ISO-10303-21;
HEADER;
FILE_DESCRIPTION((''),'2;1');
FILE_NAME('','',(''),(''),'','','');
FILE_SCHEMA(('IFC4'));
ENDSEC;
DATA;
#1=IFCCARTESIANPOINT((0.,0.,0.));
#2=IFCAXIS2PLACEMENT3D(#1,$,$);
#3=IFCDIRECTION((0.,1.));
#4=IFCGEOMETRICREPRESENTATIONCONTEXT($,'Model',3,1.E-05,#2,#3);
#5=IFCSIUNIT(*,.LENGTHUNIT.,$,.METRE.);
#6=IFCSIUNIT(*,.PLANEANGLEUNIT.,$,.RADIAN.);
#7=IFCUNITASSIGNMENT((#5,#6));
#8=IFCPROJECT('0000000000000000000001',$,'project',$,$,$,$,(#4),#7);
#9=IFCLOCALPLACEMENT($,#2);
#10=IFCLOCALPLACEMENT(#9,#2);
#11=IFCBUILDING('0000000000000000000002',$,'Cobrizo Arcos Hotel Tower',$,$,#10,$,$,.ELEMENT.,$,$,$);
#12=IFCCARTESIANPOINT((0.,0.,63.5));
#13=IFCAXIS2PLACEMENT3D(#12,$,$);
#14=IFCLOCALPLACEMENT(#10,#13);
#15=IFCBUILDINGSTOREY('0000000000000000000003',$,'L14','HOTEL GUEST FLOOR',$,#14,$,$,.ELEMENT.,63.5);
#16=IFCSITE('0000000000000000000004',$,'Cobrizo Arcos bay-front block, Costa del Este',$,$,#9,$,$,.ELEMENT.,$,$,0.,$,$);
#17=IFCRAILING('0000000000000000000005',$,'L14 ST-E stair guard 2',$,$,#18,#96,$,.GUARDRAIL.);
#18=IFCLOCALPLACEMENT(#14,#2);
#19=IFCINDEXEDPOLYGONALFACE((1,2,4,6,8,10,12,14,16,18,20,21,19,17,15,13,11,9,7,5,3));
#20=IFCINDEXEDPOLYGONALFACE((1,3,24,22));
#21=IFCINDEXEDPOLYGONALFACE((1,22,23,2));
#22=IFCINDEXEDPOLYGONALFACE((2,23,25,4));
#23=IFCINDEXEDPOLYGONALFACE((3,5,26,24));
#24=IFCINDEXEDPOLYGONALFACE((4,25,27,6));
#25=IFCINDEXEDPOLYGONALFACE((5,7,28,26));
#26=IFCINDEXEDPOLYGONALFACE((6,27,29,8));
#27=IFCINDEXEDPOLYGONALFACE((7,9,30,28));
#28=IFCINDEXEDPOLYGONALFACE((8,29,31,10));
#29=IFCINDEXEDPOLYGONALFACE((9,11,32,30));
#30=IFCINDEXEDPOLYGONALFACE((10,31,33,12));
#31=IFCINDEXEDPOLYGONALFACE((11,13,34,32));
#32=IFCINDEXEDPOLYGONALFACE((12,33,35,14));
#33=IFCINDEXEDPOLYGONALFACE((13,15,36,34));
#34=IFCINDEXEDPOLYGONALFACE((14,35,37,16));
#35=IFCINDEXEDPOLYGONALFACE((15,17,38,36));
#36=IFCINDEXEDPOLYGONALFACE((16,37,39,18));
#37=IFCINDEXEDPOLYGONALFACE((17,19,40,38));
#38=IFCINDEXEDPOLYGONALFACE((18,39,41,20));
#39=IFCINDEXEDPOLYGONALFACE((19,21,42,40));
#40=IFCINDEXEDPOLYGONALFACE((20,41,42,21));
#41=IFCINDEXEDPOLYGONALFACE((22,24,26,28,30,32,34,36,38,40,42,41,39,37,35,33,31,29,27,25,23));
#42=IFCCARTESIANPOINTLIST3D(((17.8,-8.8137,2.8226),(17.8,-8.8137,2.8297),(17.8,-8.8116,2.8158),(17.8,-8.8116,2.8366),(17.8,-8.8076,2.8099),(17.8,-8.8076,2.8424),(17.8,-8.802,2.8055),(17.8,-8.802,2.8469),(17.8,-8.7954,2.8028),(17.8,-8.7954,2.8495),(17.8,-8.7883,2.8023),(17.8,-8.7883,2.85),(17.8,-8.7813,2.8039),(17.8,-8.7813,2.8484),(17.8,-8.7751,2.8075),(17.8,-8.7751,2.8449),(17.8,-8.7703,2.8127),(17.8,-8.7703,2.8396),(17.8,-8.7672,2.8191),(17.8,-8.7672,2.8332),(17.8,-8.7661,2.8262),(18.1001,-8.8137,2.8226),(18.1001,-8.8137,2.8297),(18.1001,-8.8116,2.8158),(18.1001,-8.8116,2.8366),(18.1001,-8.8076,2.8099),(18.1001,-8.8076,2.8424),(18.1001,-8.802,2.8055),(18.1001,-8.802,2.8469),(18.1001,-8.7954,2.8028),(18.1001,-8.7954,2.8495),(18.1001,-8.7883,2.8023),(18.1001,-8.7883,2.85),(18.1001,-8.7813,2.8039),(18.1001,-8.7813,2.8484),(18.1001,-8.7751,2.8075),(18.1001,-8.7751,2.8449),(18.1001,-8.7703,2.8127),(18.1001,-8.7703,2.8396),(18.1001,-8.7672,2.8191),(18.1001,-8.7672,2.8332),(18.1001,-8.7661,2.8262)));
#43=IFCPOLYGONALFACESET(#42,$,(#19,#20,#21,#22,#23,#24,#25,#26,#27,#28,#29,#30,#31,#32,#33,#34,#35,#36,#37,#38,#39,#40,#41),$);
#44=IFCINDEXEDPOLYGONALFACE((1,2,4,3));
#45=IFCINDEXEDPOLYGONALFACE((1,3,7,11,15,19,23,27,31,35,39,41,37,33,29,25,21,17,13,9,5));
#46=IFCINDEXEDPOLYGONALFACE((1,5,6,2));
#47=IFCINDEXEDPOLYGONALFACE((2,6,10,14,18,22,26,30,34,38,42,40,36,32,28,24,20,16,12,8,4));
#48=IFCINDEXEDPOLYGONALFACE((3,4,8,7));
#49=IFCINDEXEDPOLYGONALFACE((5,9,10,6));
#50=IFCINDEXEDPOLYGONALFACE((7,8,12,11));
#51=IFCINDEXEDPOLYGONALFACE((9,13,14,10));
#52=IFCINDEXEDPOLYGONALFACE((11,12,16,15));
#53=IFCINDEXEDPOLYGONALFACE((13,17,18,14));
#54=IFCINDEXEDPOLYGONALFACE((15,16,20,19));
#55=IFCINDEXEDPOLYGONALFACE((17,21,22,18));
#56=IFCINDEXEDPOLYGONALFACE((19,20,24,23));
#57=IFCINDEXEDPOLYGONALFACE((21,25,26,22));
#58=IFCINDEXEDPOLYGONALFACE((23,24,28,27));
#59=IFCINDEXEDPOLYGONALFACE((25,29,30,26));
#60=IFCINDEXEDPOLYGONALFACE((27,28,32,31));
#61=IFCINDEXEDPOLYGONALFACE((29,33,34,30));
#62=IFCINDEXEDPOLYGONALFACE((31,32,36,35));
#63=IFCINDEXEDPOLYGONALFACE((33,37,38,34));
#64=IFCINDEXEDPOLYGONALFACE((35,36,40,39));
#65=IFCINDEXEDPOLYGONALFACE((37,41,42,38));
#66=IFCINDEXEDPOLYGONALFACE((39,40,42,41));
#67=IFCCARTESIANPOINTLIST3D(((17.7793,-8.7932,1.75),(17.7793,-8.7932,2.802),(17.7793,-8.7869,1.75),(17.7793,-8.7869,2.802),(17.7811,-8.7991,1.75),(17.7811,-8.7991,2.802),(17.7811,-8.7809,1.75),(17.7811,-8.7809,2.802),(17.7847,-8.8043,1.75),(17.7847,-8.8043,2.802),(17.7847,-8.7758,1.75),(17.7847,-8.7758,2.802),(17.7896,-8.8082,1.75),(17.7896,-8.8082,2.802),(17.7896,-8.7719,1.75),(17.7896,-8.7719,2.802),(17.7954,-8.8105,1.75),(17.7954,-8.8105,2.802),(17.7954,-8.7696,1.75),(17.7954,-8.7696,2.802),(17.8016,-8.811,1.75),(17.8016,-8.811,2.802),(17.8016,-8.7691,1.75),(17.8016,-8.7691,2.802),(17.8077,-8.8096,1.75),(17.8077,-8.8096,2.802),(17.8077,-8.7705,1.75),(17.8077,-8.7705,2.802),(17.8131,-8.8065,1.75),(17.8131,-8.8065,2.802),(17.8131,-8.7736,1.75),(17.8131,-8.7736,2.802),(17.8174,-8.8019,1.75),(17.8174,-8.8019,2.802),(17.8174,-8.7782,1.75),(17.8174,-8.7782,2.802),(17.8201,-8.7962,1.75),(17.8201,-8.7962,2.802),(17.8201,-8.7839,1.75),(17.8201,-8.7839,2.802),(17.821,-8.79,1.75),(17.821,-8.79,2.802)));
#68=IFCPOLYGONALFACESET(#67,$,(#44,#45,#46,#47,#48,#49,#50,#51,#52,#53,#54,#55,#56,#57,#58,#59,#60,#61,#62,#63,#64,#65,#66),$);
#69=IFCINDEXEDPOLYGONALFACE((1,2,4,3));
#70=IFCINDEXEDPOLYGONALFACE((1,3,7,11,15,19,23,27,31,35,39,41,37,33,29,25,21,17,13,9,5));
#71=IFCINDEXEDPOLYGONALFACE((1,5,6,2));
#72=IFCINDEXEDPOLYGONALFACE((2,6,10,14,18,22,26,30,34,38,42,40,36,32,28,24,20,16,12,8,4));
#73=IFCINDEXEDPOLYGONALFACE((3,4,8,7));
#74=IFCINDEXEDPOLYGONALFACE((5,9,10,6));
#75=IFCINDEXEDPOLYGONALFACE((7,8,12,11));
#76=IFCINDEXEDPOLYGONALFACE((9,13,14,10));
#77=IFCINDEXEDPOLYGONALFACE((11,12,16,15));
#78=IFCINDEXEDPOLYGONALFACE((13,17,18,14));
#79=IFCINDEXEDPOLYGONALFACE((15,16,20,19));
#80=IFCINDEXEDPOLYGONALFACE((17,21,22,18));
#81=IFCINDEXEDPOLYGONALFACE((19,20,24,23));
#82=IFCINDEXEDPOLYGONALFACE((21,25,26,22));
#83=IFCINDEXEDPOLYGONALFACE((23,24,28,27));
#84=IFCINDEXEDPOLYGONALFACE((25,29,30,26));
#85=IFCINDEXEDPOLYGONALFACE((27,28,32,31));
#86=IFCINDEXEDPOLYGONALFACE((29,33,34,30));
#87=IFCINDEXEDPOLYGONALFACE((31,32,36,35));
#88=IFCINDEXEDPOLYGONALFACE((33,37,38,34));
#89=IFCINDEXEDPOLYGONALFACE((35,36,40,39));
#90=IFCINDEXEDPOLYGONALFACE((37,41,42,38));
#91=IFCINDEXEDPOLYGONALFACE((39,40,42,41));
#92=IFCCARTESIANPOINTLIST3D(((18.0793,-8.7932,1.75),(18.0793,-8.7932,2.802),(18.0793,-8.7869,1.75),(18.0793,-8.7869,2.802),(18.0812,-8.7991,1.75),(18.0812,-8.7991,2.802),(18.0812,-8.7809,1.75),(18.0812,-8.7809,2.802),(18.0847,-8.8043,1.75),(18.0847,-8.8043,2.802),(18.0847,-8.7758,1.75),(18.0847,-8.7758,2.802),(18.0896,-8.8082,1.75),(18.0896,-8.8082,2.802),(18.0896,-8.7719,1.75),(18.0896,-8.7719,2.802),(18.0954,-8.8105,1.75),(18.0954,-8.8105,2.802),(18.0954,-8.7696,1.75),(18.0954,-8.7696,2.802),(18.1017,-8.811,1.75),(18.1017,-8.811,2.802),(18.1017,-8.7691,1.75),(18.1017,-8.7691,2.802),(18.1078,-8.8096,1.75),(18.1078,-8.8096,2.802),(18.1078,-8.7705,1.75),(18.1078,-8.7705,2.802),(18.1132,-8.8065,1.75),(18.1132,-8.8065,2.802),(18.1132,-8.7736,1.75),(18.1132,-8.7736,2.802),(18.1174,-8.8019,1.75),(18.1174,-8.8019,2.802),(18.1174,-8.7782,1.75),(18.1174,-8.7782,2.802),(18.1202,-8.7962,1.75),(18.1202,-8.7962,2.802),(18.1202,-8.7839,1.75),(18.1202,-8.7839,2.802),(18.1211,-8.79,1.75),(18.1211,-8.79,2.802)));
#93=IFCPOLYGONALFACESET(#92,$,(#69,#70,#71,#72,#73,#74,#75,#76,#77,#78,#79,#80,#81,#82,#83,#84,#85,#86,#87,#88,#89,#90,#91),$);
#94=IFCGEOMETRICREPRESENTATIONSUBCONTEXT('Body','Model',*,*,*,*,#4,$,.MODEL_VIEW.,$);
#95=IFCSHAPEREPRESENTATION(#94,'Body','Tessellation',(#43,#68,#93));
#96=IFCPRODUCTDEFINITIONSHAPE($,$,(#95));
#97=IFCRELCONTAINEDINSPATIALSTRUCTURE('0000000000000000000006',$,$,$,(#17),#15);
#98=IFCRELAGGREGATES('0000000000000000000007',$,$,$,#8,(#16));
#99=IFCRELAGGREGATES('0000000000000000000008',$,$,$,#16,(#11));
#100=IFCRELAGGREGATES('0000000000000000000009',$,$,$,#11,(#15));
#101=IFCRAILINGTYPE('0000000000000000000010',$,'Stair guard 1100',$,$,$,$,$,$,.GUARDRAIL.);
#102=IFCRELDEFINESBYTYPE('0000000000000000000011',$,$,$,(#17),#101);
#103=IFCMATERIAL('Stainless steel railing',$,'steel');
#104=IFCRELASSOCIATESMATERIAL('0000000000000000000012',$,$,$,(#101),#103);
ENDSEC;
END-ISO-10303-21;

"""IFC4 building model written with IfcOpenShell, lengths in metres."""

from ifc_helpers import new_model, si_unit, direction, frame, origin, origin_2d, place, context, subcontext, project, spatial, circle, extrude, material, type_object, element, save


model = new_model("IFC4")

# Units and contexts
model_context = context("Model", 3, precision=1e-05, world=origin(), true_north=direction((0.0, 1.0)))
body_context = subcontext(model_context, "Body", "Model", "MODEL_VIEW")
ifc_project = project(units=[si_unit("LENGTHUNIT", "METRE"), si_unit("PLANEANGLEUNIT", "RADIAN")], contexts=[model_context])

# Site, building, storey
site_placement = place(None, origin())
site = spatial("IfcSite", under=ifc_project, at=site_placement, Name="Cobrizo Arcos bay-front block, Costa del Este", CompositionType="ELEMENT", RefElevation=0.0)
building_placement = place(site_placement, origin())
building = spatial("IfcBuilding", under=site, at=building_placement, Name="Cobrizo Arcos Hotel Tower", CompositionType="ELEMENT")
storey_placement = place(building_placement, frame((0.0, 0.0, 63.5)))
storey = spatial("IfcBuildingStorey", under=building, at=storey_placement, Name="L14", Description="HOTEL GUEST FLOOR", CompositionType="ELEMENT", Elevation=63.5)

# Railing
ifc_material_1 = material(Name="Stainless steel railing", Category="steel")
railing_type_1 = type_object("IfcRailingType", Name="Stair guard 1100", PredefinedType="GUARDRAIL", material=ifc_material_1)
railing_1_placement = place(storey_placement, frame((17.8, -8.79, 1.75)))
element("IfcRailing", 1, at=railing_1_placement, inside=storey, type_object=railing_type_1, Name="L14 ST-E stair guard 2", PredefinedType="GUARDRAIL", context=body_context, shape_type="SweptSolid", body=[
    extrude(circle(Radius=0.0239, at=origin_2d()), frame((0.0, 0.0, 1.0762), z_axis=(1.0, 0.0, 0.0), x_axis=(0.0, 1.0, 0.0)), (0.0, 0.0, 1.0), 0.3),
    extrude(circle(Radius=0.021, at=origin_2d()), origin(), (0.0, 0.0, 1.0), 1.052),
    extrude(circle(Radius=0.021, at=origin_2d()), frame((0.3, 0.0, 0.0)), (0.0, 0.0, 1.0), 1.052),
])

save(model, "model.ifc")
